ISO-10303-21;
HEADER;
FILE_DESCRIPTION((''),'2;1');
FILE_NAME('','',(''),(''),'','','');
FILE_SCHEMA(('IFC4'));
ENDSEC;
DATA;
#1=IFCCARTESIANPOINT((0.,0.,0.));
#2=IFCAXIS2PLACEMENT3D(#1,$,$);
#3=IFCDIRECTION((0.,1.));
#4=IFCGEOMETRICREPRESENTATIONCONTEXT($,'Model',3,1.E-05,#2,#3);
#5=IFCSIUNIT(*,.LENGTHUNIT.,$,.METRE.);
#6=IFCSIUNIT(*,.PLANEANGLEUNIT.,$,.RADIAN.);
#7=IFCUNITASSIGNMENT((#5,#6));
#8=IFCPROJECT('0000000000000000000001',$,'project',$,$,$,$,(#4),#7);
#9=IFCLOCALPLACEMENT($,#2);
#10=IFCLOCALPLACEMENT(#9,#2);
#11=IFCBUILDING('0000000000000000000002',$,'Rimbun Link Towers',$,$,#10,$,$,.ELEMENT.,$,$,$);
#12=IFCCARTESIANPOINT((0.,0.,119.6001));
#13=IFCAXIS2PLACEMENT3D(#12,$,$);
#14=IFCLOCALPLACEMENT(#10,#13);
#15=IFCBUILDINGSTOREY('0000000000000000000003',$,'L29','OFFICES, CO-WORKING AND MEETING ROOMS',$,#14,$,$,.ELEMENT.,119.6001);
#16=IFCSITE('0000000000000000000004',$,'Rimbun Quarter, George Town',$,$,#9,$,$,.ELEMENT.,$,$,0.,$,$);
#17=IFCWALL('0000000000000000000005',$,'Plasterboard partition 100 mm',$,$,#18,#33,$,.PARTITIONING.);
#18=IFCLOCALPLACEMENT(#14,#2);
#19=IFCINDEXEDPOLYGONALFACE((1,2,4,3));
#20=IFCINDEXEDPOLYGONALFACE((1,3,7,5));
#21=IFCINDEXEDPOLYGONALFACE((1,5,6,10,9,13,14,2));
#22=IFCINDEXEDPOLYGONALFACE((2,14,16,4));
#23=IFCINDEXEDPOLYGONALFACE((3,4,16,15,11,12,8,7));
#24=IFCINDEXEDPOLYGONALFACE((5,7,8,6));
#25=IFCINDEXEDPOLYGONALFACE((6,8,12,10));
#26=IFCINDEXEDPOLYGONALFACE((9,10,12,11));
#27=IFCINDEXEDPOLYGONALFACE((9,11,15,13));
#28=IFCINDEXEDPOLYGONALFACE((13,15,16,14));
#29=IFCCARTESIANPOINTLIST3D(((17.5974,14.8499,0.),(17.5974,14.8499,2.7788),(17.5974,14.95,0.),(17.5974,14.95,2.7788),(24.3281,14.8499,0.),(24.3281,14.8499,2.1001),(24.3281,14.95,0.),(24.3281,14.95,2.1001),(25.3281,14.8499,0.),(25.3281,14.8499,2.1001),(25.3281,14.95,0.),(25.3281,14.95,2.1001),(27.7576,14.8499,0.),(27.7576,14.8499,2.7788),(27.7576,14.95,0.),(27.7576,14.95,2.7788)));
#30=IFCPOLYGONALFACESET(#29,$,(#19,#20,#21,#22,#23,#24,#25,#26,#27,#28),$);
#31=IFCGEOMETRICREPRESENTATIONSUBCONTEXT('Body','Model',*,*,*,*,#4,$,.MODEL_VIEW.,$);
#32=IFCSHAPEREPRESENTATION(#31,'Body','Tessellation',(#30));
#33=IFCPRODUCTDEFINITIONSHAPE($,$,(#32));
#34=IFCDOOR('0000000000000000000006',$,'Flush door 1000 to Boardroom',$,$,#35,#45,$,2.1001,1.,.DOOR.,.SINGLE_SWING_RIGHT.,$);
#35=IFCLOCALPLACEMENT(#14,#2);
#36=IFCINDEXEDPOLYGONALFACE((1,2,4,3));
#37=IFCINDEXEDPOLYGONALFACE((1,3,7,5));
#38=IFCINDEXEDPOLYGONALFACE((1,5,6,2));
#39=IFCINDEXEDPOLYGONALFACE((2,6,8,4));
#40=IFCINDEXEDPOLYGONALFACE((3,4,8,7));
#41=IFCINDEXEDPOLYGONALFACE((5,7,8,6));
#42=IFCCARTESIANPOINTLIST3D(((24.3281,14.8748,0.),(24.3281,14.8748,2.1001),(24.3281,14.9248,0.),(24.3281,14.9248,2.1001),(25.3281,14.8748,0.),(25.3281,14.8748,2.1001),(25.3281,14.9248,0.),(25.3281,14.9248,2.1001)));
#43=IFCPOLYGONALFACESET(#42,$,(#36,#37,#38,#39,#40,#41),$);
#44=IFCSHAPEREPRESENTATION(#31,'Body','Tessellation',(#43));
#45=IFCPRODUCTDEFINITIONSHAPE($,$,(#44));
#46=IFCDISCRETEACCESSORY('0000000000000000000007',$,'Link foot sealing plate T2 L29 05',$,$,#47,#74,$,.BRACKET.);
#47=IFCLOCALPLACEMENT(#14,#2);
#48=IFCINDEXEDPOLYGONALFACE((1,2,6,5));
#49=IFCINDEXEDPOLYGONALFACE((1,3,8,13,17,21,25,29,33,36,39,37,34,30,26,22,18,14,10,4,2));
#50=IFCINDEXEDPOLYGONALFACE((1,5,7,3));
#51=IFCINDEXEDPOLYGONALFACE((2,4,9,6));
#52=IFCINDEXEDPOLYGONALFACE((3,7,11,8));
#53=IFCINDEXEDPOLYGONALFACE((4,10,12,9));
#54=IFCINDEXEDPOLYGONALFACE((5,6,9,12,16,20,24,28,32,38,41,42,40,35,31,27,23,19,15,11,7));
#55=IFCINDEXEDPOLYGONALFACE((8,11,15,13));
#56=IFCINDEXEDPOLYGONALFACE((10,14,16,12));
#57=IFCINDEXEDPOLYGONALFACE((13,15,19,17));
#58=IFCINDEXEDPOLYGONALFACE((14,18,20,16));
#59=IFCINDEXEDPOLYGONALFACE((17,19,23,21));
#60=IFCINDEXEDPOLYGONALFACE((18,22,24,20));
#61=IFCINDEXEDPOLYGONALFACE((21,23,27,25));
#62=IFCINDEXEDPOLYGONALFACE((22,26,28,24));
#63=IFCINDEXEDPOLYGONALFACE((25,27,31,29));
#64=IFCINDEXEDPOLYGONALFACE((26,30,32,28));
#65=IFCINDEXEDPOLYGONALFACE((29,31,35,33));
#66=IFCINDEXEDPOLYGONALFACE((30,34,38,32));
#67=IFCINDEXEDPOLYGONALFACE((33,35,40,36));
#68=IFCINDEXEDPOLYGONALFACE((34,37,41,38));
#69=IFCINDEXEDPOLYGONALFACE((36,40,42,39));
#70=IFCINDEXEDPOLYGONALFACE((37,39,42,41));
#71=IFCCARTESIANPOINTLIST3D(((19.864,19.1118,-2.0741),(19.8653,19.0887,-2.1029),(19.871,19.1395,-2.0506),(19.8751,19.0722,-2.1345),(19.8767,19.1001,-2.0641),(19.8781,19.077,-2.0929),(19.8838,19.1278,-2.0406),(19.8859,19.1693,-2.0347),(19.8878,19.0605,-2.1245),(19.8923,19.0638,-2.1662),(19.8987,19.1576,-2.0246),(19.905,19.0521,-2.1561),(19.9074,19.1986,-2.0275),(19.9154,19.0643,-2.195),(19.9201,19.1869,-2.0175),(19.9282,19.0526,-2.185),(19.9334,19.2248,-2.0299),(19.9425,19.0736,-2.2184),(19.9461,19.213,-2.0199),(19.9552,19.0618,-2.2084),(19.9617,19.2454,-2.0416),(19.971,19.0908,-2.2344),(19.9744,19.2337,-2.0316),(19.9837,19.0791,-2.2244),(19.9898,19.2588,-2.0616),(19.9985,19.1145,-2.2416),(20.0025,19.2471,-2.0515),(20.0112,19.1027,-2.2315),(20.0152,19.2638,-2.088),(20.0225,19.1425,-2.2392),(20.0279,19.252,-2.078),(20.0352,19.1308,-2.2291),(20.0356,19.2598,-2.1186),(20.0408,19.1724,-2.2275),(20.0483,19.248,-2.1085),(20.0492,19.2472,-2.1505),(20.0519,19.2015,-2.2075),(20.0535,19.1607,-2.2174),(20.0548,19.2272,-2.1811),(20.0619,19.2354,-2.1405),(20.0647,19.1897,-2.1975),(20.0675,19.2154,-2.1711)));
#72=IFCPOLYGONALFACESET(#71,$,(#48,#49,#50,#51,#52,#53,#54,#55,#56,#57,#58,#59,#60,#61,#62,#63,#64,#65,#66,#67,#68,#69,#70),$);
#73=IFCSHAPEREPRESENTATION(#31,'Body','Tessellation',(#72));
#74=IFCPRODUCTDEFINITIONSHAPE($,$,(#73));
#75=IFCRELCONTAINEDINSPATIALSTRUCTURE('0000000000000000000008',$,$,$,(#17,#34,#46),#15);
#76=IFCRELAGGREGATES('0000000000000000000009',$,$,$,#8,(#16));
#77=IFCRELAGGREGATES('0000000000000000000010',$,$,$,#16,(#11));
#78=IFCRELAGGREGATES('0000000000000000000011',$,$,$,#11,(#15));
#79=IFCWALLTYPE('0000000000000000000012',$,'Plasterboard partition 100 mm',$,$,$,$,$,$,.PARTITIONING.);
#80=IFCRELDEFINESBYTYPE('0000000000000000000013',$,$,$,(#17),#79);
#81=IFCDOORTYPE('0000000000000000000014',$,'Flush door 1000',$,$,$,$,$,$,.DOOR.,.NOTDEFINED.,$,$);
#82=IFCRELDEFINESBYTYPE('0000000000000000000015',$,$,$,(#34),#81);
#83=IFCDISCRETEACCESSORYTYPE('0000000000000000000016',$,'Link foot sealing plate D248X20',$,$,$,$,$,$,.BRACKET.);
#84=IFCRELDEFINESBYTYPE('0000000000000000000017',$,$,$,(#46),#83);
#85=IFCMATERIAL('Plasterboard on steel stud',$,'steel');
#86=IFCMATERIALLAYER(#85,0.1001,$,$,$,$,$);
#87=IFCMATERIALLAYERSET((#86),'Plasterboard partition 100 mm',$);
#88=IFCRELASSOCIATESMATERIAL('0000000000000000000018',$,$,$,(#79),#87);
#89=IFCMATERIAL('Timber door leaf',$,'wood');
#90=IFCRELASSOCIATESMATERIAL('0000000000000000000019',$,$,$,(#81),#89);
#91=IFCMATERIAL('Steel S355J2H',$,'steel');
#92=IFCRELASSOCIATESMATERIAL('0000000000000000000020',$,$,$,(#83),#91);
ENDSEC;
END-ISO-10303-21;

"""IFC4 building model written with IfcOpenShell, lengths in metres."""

from ifc_helpers import new_model, si_unit, direction, frame, frame_2d, origin, origin_2d, place, context, subcontext, project, spatial, rectangle, circle, extrude, material, layer, layer_set, material_profile, profile_set, type_object, element, fill, save


model = new_model("IFC4")

# Units and contexts
model_context = context("Model", 3, precision=1e-05, world=origin(), true_north=direction((0.0, 1.0)))
body_context = subcontext(model_context, "Body", "Model", "MODEL_VIEW")
ifc_project = project(units=[si_unit("LENGTHUNIT", "METRE"), si_unit("PLANEANGLEUNIT", "RADIAN")], contexts=[model_context])

# Site, building, storey
site_placement = place(None, origin())
site = spatial("IfcSite", under=ifc_project, at=site_placement, Name="Rimbun Quarter, George Town", CompositionType="ELEMENT", RefElevation=0.0)
building_placement = place(site_placement, origin())
building = spatial("IfcBuilding", under=site, at=building_placement, Name="Rimbun Link Towers", CompositionType="ELEMENT")
storey_placement = place(building_placement, frame((0.0, 0.0, 119.6001)))
storey = spatial("IfcBuildingStorey", under=building, at=storey_placement, Name="L29", Description="OFFICES, CO-WORKING AND MEETING ROOMS", CompositionType="ELEMENT", Elevation=119.6001)

# Wall, opening, door
ifc_material_1 = material(Name="Plasterboard on steel stud", Category="steel")
ifc_layer_1 = layer(ifc_material_1, 0.1001)
ifc_layer_set_1 = layer_set([ifc_layer_1], Name="Plasterboard partition 100 mm")
wall_type_1 = type_object("IfcWallType", Name="Plasterboard partition 100 mm", PredefinedType="PARTITIONING", material=ifc_layer_set_1)
wall_1_placement = place(storey_placement, frame((17.5974, 14.8999, 0.0), z_axis=(0.0, 0.0, 1.0), x_axis=(1.0, 0.0, 0.0)))
wall_1 = element("IfcWall", 1, at=wall_1_placement, inside=storey, type_object=wall_type_1, Name="Plasterboard partition 100 mm", PredefinedType="PARTITIONING", context=body_context, shape_type="SweptSolid", body=[
    extrude(rectangle(XDim=10.1602, YDim=0.1001, at=frame_2d((5.0801, 0.0))), origin(), (0.0, 0.0, 1.0), 2.7788),
])
opening_1_placement = place(wall_1_placement, frame((6.7307, 0.0, 0.0)))
opening_1 = element("IfcOpeningElement", 2, at=opening_1_placement, cuts=wall_1, PredefinedType="OPENING", context=body_context, shape_type="SweptSolid", body=[
    extrude(rectangle(XDim=1.0, YDim=2.1001, at=frame_2d((0.5, 1.05))), frame((0.0, 0.0601, 0.0), z_axis=(0.0, -1.0, 0.0), x_axis=(1.0, 0.0, 0.0)), (0.0, 0.0, 1.0), 0.1201),
])
ifc_material_2 = material(Name="Timber door leaf", Category="wood")
door_type_1 = type_object("IfcDoorType", Name="Flush door 1000", OperationType="NOTDEFINED", PredefinedType="DOOR", material=ifc_material_2)
door_1_placement = place(opening_1_placement, origin())
door_1 = element("IfcDoor", 3, at=door_1_placement, inside=storey, type_object=door_type_1, Name="Flush door 1000 to Boardroom", OperationType="SINGLE_SWING_RIGHT", OverallHeight=2.1001, OverallWidth=1.0, PredefinedType="DOOR", context=body_context, shape_type="SweptSolid", body=[
    extrude(rectangle(XDim=1.0, YDim=2.1001, at=frame_2d((0.5, 1.05))), frame((0.0, 0.0249, 0.0), z_axis=(0.0, -1.0, 0.0), x_axis=(1.0, 0.0, 0.0)), (0.0, 0.0, 1.0), 0.05),
])
fill(opening_1, door_1)

# Discrete accessory
ifc_material_3 = material(Name="Steel S355J2H", Category="steel")
ifc_material_profile_1 = material_profile(ifc_material_3, circle(Radius=0.124, at=origin_2d()), Name="PL D248")
ifc_profile_set_1 = profile_set([ifc_material_profile_1], Name="Steel S355J2H")
discrete_accessory_type = type_object("IfcDiscreteAccessoryType", Name="Link foot sealing plate D248X20", PredefinedType="BRACKET", material=ifc_profile_set_1)
discrete_accessory_placement = place(storey_placement, frame((19.9719, 19.1516, -2.1245), z_axis=(-0.635803, 0.586895, -0.501306), x_axis=(-0.67828, -0.734803, 0.0)))
element("IfcDiscreteAccessory", 4, at=discrete_accessory_placement, inside=storey, type_object=discrete_accessory_type, Name="Link foot sealing plate T2 L29 05", PredefinedType="BRACKET", context=body_context, shape_type="SweptSolid", body=[
    extrude(circle(Radius=0.124, at=origin_2d()), origin(), (0.0, 0.0, 1.0), 0.02),
])

save(model, "model.ifc")
